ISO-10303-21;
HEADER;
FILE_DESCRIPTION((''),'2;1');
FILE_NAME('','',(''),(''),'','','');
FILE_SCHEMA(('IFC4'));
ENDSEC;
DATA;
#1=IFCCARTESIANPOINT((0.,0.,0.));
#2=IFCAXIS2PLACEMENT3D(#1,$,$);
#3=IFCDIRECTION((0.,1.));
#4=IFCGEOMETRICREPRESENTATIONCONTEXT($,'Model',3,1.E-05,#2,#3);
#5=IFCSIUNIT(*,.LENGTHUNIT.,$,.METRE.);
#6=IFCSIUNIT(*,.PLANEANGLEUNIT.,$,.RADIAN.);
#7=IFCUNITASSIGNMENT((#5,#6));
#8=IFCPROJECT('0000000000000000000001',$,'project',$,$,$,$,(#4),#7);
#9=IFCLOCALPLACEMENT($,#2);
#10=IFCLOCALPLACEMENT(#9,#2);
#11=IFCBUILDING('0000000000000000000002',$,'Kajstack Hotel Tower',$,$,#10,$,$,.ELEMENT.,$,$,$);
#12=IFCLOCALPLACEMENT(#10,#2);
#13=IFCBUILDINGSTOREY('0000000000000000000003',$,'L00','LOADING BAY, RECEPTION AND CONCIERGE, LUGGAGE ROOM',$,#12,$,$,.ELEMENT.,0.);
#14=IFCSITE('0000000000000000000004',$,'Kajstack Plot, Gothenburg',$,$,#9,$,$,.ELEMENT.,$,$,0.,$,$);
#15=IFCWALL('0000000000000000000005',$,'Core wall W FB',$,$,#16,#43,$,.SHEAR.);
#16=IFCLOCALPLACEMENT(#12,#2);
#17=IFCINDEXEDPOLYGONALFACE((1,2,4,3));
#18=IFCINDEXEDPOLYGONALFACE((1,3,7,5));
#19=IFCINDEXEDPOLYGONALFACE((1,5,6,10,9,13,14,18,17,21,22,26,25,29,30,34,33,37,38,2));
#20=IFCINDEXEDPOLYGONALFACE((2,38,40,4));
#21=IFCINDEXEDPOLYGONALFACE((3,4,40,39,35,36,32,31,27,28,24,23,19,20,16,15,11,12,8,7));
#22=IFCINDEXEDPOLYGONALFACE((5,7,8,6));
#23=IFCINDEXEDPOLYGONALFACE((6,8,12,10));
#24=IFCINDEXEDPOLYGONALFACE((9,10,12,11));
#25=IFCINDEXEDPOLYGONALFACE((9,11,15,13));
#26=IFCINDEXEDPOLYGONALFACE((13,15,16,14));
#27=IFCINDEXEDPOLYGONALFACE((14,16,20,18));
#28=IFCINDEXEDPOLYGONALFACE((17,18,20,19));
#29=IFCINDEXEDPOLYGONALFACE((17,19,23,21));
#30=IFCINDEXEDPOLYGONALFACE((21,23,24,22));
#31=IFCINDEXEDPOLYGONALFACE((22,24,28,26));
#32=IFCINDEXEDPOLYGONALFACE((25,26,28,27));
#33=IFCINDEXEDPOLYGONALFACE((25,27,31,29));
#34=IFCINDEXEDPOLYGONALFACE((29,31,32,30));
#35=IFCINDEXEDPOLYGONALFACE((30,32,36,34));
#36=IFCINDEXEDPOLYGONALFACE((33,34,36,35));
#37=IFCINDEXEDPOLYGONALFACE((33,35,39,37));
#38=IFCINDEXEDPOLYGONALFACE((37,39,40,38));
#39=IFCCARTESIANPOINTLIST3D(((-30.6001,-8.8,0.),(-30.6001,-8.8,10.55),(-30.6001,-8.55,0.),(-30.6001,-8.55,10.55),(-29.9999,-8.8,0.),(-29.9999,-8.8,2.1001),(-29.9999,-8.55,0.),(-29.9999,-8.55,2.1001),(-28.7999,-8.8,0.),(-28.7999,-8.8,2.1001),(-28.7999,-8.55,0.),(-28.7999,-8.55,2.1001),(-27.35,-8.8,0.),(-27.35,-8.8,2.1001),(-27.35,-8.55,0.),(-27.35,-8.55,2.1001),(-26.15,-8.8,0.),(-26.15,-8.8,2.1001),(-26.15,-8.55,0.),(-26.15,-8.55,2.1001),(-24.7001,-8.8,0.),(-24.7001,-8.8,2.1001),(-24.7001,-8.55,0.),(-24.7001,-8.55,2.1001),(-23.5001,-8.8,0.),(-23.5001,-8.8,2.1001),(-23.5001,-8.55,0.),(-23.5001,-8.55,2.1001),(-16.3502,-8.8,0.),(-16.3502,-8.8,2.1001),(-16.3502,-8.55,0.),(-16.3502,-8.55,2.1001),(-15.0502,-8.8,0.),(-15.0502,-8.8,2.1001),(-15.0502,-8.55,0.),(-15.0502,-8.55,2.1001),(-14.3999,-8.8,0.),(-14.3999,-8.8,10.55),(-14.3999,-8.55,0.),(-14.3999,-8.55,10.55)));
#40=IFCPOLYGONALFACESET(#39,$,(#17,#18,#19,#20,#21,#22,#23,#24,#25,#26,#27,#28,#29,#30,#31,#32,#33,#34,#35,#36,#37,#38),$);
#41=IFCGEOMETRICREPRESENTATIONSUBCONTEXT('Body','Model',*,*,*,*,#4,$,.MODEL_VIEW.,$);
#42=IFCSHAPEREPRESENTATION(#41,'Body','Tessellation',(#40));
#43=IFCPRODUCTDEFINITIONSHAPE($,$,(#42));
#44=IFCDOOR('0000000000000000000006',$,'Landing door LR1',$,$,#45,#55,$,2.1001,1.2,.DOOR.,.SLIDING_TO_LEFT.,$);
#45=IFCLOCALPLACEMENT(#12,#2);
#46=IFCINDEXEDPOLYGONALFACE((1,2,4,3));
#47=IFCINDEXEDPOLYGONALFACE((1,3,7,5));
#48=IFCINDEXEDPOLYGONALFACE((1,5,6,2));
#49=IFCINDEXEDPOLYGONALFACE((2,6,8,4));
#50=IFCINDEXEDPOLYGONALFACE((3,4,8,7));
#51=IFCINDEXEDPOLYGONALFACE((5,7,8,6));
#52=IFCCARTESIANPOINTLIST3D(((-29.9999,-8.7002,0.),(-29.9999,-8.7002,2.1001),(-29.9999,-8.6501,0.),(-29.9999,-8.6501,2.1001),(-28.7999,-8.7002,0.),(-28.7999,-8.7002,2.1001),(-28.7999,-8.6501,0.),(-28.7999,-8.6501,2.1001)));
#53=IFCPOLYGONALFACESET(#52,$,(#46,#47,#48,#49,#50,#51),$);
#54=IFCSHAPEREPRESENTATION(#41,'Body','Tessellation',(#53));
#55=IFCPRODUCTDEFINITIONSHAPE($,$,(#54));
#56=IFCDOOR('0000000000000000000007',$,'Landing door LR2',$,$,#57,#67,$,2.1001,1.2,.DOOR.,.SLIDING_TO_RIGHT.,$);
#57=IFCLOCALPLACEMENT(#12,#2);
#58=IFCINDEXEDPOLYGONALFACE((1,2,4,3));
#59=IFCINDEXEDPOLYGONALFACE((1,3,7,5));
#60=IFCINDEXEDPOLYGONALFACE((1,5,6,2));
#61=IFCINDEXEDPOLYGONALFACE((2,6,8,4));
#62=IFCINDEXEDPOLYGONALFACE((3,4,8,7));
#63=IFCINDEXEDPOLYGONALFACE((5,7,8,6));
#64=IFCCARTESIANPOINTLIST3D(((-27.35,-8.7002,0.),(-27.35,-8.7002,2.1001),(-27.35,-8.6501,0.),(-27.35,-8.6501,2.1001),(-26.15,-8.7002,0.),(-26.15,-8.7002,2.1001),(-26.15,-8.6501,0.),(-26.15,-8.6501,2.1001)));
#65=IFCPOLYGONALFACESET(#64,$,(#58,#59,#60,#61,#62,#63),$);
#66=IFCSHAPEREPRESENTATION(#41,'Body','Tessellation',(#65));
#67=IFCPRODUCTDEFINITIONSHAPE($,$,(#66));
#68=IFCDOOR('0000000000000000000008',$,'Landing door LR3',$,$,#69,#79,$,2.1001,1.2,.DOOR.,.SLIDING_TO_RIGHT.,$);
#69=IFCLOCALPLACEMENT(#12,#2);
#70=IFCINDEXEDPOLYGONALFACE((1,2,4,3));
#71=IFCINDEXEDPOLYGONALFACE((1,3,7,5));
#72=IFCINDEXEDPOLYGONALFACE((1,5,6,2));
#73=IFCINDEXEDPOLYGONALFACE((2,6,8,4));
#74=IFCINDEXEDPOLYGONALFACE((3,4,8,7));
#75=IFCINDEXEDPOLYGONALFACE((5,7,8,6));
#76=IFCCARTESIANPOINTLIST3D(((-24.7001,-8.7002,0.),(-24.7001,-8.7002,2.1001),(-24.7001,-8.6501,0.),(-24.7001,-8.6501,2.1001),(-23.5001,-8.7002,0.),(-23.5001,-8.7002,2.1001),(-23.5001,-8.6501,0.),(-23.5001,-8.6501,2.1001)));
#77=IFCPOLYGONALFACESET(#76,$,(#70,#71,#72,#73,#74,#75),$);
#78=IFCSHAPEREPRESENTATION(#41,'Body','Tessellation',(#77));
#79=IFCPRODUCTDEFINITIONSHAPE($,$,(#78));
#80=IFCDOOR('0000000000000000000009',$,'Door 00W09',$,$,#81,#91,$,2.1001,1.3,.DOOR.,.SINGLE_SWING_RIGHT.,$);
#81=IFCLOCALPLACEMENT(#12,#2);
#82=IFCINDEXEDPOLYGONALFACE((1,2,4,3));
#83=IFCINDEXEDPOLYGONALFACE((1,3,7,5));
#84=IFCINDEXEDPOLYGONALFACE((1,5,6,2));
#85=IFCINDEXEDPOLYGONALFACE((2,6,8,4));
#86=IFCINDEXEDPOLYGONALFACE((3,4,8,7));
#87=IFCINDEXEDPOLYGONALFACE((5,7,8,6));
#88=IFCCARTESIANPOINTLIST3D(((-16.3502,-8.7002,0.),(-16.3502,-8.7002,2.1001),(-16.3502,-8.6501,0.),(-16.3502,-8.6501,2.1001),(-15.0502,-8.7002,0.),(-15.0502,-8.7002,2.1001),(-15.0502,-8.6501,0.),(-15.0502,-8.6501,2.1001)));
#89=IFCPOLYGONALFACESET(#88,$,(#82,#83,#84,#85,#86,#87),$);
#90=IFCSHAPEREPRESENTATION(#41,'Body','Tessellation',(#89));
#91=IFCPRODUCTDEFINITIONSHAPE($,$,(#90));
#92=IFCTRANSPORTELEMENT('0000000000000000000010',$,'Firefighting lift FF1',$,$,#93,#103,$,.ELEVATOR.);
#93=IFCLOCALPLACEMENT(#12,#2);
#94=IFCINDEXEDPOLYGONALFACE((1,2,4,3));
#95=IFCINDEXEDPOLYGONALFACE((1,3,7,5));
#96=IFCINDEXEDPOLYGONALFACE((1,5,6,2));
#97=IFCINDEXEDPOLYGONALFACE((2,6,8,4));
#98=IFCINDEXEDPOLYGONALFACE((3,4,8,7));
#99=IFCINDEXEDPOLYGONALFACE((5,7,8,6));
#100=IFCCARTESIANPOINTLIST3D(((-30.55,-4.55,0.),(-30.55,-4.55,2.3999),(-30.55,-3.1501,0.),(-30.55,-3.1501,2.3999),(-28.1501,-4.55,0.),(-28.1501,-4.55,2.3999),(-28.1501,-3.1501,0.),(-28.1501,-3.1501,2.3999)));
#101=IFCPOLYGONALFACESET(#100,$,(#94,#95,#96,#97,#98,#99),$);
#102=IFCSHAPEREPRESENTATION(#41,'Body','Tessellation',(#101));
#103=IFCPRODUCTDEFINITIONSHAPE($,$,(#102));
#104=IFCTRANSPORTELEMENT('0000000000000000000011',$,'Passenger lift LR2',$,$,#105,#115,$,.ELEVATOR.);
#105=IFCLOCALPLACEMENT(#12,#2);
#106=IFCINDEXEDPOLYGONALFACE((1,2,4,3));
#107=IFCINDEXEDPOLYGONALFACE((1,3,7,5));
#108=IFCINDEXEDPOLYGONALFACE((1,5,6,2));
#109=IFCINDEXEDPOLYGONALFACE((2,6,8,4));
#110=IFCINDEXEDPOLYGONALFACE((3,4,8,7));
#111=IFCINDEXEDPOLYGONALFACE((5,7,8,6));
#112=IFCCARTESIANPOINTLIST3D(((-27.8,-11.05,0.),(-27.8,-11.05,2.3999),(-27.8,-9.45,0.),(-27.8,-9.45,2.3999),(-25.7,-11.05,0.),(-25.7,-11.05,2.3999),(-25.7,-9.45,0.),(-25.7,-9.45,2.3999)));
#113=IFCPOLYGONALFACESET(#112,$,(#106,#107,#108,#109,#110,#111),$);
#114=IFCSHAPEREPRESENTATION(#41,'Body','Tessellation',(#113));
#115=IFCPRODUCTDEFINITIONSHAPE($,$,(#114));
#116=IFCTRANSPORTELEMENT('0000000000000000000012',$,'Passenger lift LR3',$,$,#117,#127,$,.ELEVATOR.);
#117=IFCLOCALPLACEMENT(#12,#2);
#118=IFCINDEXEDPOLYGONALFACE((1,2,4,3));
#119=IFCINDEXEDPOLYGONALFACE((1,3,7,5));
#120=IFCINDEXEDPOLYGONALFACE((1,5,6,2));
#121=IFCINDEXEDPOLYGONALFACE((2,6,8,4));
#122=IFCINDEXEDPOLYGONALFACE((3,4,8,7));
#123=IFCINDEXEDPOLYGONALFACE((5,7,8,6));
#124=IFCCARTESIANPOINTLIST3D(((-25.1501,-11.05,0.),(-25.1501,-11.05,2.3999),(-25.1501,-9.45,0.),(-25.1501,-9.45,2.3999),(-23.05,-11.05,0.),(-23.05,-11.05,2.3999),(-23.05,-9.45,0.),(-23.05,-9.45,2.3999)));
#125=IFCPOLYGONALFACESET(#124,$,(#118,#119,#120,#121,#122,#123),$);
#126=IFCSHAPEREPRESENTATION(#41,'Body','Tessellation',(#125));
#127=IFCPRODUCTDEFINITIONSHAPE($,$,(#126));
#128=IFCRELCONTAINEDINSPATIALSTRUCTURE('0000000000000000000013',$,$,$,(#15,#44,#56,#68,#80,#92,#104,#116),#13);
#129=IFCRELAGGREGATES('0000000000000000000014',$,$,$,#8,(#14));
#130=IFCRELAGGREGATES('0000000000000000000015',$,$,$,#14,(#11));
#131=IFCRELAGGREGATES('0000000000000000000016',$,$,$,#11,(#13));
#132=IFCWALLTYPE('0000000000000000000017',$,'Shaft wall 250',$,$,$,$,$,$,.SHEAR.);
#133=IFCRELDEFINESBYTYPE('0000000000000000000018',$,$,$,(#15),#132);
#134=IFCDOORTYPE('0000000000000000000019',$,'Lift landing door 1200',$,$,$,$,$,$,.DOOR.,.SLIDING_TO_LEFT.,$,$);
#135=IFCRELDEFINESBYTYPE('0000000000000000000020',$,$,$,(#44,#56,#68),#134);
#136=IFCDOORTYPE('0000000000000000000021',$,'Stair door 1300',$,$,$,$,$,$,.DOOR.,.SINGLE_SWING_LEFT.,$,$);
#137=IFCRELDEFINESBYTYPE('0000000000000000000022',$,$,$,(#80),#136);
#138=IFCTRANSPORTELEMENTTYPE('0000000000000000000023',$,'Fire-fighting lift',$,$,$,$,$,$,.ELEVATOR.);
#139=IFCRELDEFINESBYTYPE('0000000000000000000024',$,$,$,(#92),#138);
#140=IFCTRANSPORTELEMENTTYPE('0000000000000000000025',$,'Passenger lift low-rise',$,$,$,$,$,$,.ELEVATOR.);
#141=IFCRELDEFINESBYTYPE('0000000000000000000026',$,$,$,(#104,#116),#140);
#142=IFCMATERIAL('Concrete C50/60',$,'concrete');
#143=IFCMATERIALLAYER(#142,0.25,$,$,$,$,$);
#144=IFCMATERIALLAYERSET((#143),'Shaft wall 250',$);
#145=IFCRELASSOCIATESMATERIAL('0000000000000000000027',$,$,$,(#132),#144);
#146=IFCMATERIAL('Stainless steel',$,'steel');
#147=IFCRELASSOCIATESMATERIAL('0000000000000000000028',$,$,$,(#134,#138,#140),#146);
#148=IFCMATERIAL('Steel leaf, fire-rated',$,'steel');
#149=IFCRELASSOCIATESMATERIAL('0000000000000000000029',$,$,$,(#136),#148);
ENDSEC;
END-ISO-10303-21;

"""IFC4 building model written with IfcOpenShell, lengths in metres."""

from ifc_helpers import new_model, si_unit, direction, frame, frame_2d, origin, origin_2d, place, context, subcontext, project, spatial, rectangle, extrude, material, layer, layer_set, type_object, element, fill, save


model = new_model("IFC4")

# Units and contexts
model_context = context("Model", 3, precision=1e-05, world=origin(), true_north=direction((0.0, 1.0)))
body_context = subcontext(model_context, "Body", "Model", "MODEL_VIEW")
ifc_project = project(units=[si_unit("LENGTHUNIT", "METRE"), si_unit("PLANEANGLEUNIT", "RADIAN")], contexts=[model_context])

# Site, building, storey
site_placement = place(None, origin())
site = spatial("IfcSite", under=ifc_project, at=site_placement, Name="Kajstack Plot, Gothenburg", CompositionType="ELEMENT", RefElevation=0.0)
building_placement = place(site_placement, origin())
building = spatial("IfcBuilding", under=site, at=building_placement, Name="Kajstack Hotel Tower", CompositionType="ELEMENT")
storey_placement = place(building_placement, origin())
storey = spatial("IfcBuildingStorey", under=building, at=storey_placement, Name="L00", Description="LOADING BAY, RECEPTION AND CONCIERGE, LUGGAGE ROOM", CompositionType="ELEMENT", Elevation=0.0)

# Shared definitions
ifc_material_1 = material(Name="Concrete C50/60", Category="concrete")
ifc_layer_1 = layer(ifc_material_1, 0.25)
ifc_layer_set_1 = layer_set([ifc_layer_1], Name="Shaft wall 250")
wall_type_1 = type_object("IfcWallType", Name="Shaft wall 250", PredefinedType="SHEAR", material=ifc_layer_set_1)

# Wall, openings, doors
wall_1_placement = place(storey_placement, frame((-30.6001, -8.675, 0.0), z_axis=(0.0, 0.0, 1.0), x_axis=(1.0, 0.0, 0.0)))
wall_1 = element("IfcWall", 1, at=wall_1_placement, inside=storey, type_object=wall_type_1, Name="Core wall W FB", PredefinedType="SHEAR", context=body_context, shape_type="SweptSolid", body=[
    extrude(rectangle(XDim=16.2002, YDim=0.25, at=frame_2d((8.1001, 0.0))), origin(), (0.0, 0.0, 1.0), 10.55),
])
opening_1_placement = place(wall_1_placement, frame((0.6001, 0.0, 0.0)))
opening_1 = element("IfcOpeningElement", 2, at=opening_1_placement, cuts=wall_1, PredefinedType="OPENING", context=body_context, shape_type="SweptSolid", body=[
    extrude(rectangle(XDim=1.2, YDim=2.1001, at=frame_2d((0.6001, 1.05))), frame((0.0, 0.135, 0.0), z_axis=(0.0, -1.0, 0.0), x_axis=(1.0, 0.0, 0.0)), (0.0, 0.0, 1.0), 0.27),
])
opening_2_placement = place(wall_1_placement, frame((3.25, 0.0, 0.0)))
opening_2 = element("IfcOpeningElement", 3, at=opening_2_placement, cuts=wall_1, PredefinedType="OPENING", context=body_context, shape_type="SweptSolid", body=[
    extrude(rectangle(XDim=1.2, YDim=2.1001, at=frame_2d((0.6001, 1.05))), frame((0.0, 0.135, 0.0), z_axis=(0.0, -1.0, 0.0), x_axis=(1.0, 0.0, 0.0)), (0.0, 0.0, 1.0), 0.27),
])
opening_3_placement = place(wall_1_placement, frame((5.8999, 0.0, 0.0)))
opening_3 = element("IfcOpeningElement", 4, at=opening_3_placement, cuts=wall_1, PredefinedType="OPENING", context=body_context, shape_type="SweptSolid", body=[
    extrude(rectangle(XDim=1.2, YDim=2.1001, at=frame_2d((0.6001, 1.05))), frame((0.0, 0.135, 0.0), z_axis=(0.0, -1.0, 0.0), x_axis=(1.0, 0.0, 0.0)), (0.0, 0.0, 1.0), 0.27),
])
opening_4_placement = place(wall_1_placement, frame((14.25, 0.0, 0.0)))
opening_4 = element("IfcOpeningElement", 5, at=opening_4_placement, cuts=wall_1, PredefinedType="OPENING", context=body_context, shape_type="SweptSolid", body=[
    extrude(rectangle(XDim=1.3, YDim=2.1001, at=frame_2d((0.6499, 1.05))), frame((0.0, 0.135, 0.0), z_axis=(0.0, -1.0, 0.0), x_axis=(1.0, 0.0, 0.0)), (0.0, 0.0, 1.0), 0.27),
])
ifc_material_2 = material(Name="Stainless steel", Category="steel")
door_type_1 = type_object("IfcDoorType", Name="Lift landing door 1200", OperationType="SLIDING_TO_LEFT", PredefinedType="DOOR", material=ifc_material_2)
door_1_placement = place(opening_1_placement, origin())
door_1 = element("IfcDoor", 6, at=door_1_placement, inside=storey, type_object=door_type_1, Name="Landing door LR1", OperationType="SLIDING_TO_LEFT", OverallHeight=2.1001, OverallWidth=1.2, PredefinedType="DOOR", context=body_context, shape_type="SweptSolid", body=[
    extrude(rectangle(XDim=1.2, YDim=2.1001, at=frame_2d((0.6001, 1.05))), frame((0.0, 0.0249, 0.0), z_axis=(0.0, -1.0, 0.0), x_axis=(1.0, 0.0, 0.0)), (0.0, 0.0, 1.0), 0.05),
])
fill(opening_1, door_1)
door_2_placement = place(opening_2_placement, origin())
door_2 = element("IfcDoor", 7, at=door_2_placement, inside=storey, type_object=door_type_1, Name="Landing door LR2", OperationType="SLIDING_TO_RIGHT", OverallHeight=2.1001, OverallWidth=1.2, PredefinedType="DOOR", context=body_context, shape_type="SweptSolid", body=[
    extrude(rectangle(XDim=1.2, YDim=2.1001, at=frame_2d((0.6001, 1.05))), frame((0.0, 0.0249, 0.0), z_axis=(0.0, -1.0, 0.0), x_axis=(1.0, 0.0, 0.0)), (0.0, 0.0, 1.0), 0.05),
])
fill(opening_2, door_2)
door_3_placement = place(opening_3_placement, origin())
door_3 = element("IfcDoor", 8, at=door_3_placement, inside=storey, type_object=door_type_1, Name="Landing door LR3", OperationType="SLIDING_TO_RIGHT", OverallHeight=2.1001, OverallWidth=1.2, PredefinedType="DOOR", context=body_context, shape_type="SweptSolid", body=[
    extrude(rectangle(XDim=1.2, YDim=2.1001, at=frame_2d((0.6001, 1.05))), frame((0.0, 0.0249, 0.0), z_axis=(0.0, -1.0, 0.0), x_axis=(1.0, 0.0, 0.0)), (0.0, 0.0, 1.0), 0.05),
])
fill(opening_3, door_3)
ifc_material_3 = material(Name="Steel leaf, fire-rated", Category="steel")
door_type_2 = type_object("IfcDoorType", Name="Stair door 1300", OperationType="SINGLE_SWING_LEFT", PredefinedType="DOOR", material=ifc_material_3)
door_4_placement = place(opening_4_placement, origin())
door_4 = element("IfcDoor", 9, at=door_4_placement, inside=storey, type_object=door_type_2, Name="Door 00W09", OperationType="SINGLE_SWING_RIGHT", OverallHeight=2.1001, OverallWidth=1.3, PredefinedType="DOOR", context=body_context, shape_type="SweptSolid", body=[
    extrude(rectangle(XDim=1.3, YDim=2.1001, at=frame_2d((0.6499, 1.05))), frame((0.0, 0.0249, 0.0), z_axis=(0.0, -1.0, 0.0), x_axis=(1.0, 0.0, 0.0)), (0.0, 0.0, 1.0), 0.05),
])
fill(opening_4, door_4)

# Transport elements
transport_element_type_1 = type_object("IfcTransportElementType", Name="Fire-fighting lift", PredefinedType="ELEVATOR", material=ifc_material_2)
transport_element_placement = place(storey_placement, frame((-29.3501, -3.8501, 0.0), z_axis=(0.0, 0.0, 1.0), x_axis=(1.0, 0.0, 0.0)))
element("IfcTransportElement", 10, at=transport_element_placement, inside=storey, type_object=transport_element_type_1, Name="Firefighting lift FF1", PredefinedType="ELEVATOR", context=body_context, shape_type="SweptSolid", body=[
    extrude(rectangle(XDim=2.3999, YDim=1.3999, at=origin_2d()), origin(), (0.0, 0.0, 1.0), 2.3999),
])
transport_element_type_2 = type_object("IfcTransportElementType", Name="Passenger lift low-rise", PredefinedType="ELEVATOR", material=ifc_material_2)
for number, where, z_axis, x_axis, name in (
    (11, (-26.75, -10.25, 0.0), (0.0, 0.0, 1.0), (1.0, 0.0, 0.0), "Passenger lift LR2"),
    (12, (-24.1001, -10.25, 0.0), (0.0, 0.0, 1.0), (1.0, 0.0, 0.0), "Passenger lift LR3"),
):
    element("IfcTransportElement", number, at=place(storey_placement, frame(where, z_axis=z_axis, x_axis=x_axis)), inside=storey, type_object=transport_element_type_2, Name=name, PredefinedType="ELEVATOR", context=body_context, shape_type="SweptSolid", body=[
        extrude(rectangle(XDim=2.1001, YDim=1.6001, at=origin_2d()), origin(), (0.0, 0.0, 1.0), 2.3999),
    ])

save(model, "model.ifc")
